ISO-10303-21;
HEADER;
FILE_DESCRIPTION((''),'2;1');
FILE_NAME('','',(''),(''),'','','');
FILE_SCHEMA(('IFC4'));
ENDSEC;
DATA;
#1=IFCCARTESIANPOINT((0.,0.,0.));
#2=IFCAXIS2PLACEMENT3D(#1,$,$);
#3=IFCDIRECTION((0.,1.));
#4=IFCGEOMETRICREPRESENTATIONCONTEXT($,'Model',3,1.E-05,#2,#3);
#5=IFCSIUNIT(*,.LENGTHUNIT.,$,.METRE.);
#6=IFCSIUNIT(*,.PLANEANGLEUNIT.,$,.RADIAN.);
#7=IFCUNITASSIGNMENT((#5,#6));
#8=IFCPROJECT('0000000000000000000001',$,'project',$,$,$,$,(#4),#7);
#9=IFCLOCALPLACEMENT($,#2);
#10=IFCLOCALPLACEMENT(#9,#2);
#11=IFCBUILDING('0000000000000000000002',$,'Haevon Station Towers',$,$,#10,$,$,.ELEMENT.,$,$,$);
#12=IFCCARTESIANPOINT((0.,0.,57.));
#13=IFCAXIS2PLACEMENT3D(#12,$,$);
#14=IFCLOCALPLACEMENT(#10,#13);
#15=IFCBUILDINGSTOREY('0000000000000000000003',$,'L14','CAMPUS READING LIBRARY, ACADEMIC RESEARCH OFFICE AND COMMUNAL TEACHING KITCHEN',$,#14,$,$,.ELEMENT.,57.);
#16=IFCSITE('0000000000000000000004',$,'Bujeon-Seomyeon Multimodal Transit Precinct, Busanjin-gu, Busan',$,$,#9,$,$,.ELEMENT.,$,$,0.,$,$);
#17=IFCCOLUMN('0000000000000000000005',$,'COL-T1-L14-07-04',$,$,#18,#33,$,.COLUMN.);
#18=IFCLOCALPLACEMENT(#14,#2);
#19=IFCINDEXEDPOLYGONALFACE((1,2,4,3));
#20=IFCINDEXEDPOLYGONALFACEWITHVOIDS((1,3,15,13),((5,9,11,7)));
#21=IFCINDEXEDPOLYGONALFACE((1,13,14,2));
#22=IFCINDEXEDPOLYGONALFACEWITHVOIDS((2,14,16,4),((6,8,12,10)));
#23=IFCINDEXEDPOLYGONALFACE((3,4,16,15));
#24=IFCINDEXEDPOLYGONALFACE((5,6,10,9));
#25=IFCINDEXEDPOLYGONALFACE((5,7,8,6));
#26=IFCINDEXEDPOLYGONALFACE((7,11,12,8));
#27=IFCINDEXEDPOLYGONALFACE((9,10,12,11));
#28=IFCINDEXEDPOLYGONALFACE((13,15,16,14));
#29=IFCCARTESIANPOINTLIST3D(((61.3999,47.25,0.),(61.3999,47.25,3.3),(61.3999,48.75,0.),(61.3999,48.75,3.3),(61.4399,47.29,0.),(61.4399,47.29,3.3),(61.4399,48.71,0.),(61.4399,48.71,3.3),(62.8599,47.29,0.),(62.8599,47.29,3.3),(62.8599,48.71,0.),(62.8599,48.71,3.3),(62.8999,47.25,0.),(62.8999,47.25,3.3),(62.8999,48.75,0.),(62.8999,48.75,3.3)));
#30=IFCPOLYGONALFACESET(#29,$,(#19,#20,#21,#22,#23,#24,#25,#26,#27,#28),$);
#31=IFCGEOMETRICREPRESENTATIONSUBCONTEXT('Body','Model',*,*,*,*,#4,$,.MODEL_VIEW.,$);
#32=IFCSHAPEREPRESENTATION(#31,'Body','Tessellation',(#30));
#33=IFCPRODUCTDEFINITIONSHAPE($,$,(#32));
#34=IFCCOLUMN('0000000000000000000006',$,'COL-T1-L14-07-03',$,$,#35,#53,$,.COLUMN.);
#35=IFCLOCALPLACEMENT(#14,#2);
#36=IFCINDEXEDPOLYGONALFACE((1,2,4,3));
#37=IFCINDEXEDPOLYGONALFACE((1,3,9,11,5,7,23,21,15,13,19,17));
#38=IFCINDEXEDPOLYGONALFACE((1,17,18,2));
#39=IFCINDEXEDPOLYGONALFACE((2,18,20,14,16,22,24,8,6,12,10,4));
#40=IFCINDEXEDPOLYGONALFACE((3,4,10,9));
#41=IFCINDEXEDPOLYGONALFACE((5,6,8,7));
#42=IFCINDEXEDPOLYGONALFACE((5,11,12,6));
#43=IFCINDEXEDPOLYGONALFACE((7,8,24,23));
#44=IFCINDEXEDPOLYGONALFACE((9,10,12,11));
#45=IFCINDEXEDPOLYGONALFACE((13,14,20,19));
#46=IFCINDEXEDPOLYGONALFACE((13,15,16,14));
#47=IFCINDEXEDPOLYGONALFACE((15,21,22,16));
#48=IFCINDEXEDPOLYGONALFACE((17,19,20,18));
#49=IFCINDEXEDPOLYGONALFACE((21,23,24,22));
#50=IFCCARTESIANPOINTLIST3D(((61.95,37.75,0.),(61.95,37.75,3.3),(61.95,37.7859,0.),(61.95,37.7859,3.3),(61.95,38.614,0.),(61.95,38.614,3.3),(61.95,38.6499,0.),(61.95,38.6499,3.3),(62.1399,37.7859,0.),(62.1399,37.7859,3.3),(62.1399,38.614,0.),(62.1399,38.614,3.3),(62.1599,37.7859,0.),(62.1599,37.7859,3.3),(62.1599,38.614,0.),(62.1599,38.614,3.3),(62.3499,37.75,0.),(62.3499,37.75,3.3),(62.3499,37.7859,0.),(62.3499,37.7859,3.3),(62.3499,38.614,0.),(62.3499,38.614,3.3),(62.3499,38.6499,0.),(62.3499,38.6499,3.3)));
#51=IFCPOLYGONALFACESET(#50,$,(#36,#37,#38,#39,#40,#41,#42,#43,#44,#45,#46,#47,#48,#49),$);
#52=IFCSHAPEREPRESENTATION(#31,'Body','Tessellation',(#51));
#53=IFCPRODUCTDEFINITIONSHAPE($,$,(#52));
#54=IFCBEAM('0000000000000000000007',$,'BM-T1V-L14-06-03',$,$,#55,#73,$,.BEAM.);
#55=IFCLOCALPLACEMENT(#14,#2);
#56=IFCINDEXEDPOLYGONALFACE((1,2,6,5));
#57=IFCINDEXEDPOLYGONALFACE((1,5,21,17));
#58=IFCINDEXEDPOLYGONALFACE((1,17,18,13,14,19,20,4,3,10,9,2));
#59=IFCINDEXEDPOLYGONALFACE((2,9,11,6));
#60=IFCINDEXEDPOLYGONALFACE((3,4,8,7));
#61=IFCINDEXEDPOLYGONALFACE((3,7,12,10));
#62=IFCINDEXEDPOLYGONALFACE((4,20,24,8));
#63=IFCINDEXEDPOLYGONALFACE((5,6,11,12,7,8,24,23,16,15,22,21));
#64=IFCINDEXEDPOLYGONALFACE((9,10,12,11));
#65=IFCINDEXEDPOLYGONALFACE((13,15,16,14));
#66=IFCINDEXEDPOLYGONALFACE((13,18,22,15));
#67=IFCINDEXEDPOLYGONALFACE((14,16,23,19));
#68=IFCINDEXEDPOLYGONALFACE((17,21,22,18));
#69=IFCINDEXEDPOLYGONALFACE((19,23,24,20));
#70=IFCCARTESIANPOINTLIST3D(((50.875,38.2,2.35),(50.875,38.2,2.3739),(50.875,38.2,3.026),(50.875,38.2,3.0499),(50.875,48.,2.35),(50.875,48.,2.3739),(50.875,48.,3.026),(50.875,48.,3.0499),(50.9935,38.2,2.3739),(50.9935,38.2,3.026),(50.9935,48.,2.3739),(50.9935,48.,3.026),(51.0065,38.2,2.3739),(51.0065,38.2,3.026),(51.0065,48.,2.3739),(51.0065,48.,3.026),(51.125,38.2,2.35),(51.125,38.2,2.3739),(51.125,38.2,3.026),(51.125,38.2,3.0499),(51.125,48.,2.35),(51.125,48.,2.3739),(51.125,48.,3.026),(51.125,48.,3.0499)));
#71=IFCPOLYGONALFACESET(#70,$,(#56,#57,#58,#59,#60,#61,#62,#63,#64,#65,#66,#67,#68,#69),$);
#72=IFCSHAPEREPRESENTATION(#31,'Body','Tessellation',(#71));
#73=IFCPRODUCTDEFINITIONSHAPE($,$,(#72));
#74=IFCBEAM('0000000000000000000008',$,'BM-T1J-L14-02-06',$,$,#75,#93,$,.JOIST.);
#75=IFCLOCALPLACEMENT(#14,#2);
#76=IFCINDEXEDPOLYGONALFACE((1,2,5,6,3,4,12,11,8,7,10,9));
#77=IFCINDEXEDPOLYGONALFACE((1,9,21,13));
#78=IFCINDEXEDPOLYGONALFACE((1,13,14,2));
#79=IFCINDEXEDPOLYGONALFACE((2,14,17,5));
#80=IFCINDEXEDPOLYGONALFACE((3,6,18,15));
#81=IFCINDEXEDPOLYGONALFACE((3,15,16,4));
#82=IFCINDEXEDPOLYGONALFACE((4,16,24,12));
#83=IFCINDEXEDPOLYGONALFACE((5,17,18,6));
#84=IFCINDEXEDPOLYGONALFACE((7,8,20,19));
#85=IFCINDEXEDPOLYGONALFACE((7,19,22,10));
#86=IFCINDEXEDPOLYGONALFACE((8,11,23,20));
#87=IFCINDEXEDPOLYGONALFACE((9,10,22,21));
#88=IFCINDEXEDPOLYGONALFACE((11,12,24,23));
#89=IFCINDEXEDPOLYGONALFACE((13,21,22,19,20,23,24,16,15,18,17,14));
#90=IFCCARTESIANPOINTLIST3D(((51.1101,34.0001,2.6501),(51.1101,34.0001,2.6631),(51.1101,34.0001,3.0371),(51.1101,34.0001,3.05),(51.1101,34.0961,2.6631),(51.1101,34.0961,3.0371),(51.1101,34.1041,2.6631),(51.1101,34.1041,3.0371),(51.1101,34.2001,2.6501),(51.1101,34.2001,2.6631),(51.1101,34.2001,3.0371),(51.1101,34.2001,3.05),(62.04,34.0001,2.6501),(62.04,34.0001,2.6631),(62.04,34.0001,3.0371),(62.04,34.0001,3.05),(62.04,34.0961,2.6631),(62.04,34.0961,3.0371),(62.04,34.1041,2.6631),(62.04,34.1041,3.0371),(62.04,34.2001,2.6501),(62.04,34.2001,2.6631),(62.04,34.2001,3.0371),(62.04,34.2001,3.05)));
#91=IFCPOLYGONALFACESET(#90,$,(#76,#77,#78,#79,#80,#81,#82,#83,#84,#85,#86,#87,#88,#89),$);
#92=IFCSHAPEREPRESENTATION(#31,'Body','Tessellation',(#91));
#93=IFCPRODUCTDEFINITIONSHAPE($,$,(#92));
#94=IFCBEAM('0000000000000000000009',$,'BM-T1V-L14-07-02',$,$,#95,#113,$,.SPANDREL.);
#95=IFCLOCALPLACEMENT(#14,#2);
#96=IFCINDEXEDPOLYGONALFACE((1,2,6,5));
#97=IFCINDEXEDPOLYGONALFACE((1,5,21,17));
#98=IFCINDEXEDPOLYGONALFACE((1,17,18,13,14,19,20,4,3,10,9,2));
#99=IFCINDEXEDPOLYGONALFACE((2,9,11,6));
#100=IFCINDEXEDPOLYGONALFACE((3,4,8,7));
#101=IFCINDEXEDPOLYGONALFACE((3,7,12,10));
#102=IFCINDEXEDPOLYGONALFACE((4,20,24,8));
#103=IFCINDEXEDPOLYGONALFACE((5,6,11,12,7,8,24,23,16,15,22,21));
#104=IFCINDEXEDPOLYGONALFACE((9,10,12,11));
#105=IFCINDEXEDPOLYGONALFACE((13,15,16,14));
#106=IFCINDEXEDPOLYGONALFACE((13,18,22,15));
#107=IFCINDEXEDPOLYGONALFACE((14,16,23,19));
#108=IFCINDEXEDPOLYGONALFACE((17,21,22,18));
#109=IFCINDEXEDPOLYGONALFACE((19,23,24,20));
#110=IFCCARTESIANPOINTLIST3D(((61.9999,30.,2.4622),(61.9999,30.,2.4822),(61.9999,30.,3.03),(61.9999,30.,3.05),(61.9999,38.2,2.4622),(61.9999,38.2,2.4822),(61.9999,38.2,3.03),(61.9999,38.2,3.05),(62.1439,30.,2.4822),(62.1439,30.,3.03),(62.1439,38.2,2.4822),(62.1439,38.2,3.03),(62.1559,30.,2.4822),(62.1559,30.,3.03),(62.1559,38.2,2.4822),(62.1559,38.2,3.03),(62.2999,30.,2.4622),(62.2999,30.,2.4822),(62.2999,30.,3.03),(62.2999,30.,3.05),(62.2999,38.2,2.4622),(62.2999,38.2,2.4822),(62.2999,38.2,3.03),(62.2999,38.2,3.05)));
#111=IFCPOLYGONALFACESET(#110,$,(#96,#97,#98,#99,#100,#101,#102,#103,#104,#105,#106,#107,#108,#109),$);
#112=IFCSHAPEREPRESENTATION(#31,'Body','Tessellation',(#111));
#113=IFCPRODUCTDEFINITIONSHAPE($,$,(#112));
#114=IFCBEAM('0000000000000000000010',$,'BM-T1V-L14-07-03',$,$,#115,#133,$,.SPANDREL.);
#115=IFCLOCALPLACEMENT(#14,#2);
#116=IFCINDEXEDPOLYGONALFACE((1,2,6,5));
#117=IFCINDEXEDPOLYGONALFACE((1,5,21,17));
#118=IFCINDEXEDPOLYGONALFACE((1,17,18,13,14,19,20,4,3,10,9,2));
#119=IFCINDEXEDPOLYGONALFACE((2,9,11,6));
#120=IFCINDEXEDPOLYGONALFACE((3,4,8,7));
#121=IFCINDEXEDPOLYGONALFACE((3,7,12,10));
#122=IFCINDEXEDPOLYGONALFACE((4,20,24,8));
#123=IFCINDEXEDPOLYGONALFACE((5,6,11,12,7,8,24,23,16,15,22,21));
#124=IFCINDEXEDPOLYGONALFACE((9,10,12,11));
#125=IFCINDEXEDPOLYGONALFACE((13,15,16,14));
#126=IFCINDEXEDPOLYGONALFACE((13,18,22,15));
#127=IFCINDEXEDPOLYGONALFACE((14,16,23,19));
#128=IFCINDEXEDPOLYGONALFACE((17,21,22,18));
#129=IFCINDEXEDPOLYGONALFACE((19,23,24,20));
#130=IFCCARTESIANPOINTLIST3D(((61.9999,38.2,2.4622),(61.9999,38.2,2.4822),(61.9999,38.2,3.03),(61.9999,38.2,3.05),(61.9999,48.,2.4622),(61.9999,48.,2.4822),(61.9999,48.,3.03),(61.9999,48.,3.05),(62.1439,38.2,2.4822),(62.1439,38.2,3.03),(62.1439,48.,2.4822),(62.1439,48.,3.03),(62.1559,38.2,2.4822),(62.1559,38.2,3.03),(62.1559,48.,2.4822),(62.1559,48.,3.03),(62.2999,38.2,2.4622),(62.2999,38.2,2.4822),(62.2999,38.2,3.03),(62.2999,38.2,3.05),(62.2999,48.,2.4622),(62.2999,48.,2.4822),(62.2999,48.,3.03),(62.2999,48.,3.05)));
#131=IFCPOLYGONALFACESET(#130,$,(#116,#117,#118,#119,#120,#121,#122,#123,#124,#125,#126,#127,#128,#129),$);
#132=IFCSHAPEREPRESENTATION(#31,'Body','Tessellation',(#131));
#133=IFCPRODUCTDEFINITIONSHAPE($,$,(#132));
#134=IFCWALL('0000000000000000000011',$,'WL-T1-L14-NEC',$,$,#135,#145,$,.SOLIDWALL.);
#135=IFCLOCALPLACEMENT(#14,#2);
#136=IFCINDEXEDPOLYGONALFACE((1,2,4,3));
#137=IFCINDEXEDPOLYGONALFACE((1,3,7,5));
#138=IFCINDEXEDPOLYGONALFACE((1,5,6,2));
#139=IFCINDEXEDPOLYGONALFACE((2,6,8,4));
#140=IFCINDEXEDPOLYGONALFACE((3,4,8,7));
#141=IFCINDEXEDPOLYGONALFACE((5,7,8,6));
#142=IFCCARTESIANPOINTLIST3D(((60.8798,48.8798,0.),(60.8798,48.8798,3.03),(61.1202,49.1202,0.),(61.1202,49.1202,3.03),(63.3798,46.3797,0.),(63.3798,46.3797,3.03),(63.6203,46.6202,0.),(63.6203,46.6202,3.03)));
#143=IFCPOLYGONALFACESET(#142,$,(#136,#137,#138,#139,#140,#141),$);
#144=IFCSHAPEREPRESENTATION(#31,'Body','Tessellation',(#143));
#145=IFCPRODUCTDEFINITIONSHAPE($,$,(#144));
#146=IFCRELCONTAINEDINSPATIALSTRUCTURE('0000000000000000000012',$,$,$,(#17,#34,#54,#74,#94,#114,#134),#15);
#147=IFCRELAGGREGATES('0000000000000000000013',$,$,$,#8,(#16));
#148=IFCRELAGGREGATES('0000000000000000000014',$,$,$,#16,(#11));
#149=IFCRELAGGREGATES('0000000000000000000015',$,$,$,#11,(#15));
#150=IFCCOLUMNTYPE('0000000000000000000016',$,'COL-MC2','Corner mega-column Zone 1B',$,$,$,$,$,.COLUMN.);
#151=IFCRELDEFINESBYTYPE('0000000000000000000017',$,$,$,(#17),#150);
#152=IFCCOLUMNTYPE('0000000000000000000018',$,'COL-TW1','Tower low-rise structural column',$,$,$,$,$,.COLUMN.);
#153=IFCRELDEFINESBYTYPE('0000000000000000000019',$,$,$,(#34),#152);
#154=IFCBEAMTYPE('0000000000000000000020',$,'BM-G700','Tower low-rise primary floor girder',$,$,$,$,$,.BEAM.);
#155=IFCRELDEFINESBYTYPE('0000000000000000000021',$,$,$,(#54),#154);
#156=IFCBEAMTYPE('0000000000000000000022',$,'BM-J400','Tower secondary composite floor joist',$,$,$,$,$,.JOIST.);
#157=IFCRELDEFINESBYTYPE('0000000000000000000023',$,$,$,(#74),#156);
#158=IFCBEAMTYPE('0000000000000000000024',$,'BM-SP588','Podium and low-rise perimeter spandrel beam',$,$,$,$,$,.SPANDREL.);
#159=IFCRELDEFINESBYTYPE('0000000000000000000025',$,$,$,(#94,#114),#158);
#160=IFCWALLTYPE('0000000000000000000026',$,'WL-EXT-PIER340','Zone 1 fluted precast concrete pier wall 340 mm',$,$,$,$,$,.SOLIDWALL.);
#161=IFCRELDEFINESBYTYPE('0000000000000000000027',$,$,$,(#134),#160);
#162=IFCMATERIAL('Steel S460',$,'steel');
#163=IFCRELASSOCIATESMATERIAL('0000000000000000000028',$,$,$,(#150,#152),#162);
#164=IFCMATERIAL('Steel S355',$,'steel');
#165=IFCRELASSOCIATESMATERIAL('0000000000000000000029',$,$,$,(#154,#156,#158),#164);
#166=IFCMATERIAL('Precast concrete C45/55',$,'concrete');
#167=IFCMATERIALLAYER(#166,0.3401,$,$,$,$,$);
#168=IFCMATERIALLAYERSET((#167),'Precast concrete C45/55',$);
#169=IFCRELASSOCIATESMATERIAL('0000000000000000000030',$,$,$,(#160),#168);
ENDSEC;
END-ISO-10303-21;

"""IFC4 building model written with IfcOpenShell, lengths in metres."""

from ifc_helpers import new_model, si_unit, direction, frame, frame_2d, origin, origin_2d, place, context, subcontext, project, spatial, rectangle, hollow_rectangle, i_section, extrude, material, layer, layer_set, material_profile, profile_set, type_object, element, save


model = new_model("IFC4")

# Units and contexts
model_context = context("Model", 3, precision=1e-05, world=origin(), true_north=direction((0.0, 1.0)))
body_context = subcontext(model_context, "Body", "Model", "MODEL_VIEW")
ifc_project = project(units=[si_unit("LENGTHUNIT", "METRE"), si_unit("PLANEANGLEUNIT", "RADIAN")], contexts=[model_context])

# Site, building, storey
site_placement = place(None, origin())
site = spatial("IfcSite", under=ifc_project, at=site_placement, Name="Bujeon-Seomyeon Multimodal Transit Precinct, Busanjin-gu, Busan", CompositionType="ELEMENT", RefElevation=0.0)
building_placement = place(site_placement, origin())
building = spatial("IfcBuilding", under=site, at=building_placement, Name="Haevon Station Towers", CompositionType="ELEMENT")
storey_placement = place(building_placement, frame((0.0, 0.0, 57.0)))
storey = spatial("IfcBuildingStorey", under=building, at=storey_placement, Name="L14", Description="CAMPUS READING LIBRARY, ACADEMIC RESEARCH OFFICE AND COMMUNAL TEACHING KITCHEN", CompositionType="ELEMENT", Elevation=57.0)

# Columns
ifc_material_1 = material(Name="Steel S460", Category="steel")
ifc_material_profile_1 = material_profile(ifc_material_1, hollow_rectangle(XDim=1.5, YDim=1.5, WallThickness=0.04, at=origin_2d()), Name="BOX-1500x1500x40")
ifc_profile_set_1 = profile_set([ifc_material_profile_1], Name="Steel S460")
column_type_1 = type_object("IfcColumnType", Name="COL-MC2", Description="Corner mega-column Zone 1B", PredefinedType="COLUMN", material=ifc_profile_set_1)
column_1_placement = place(storey_placement, frame((62.1499, 48.0, 0.0), z_axis=(0.0, 0.0, 1.0), x_axis=(1.0, 0.0, 0.0)))
element("IfcColumn", 1, at=column_1_placement, inside=storey, type_object=column_type_1, Name="COL-T1-L14-07-04", PredefinedType="COLUMN", context=body_context, shape_type="SweptSolid", body=[
    extrude(hollow_rectangle(XDim=1.5, YDim=1.5, WallThickness=0.04, at=origin_2d()), origin(), (0.0, 0.0, 1.0), 3.3),
])
ifc_material_profile_2 = material_profile(ifc_material_1, i_section(OverallWidth=0.3999, OverallDepth=0.8999, WebThickness=0.02, FlangeThickness=0.0359, at=origin_2d()), Name="H-900x400x20x36")
ifc_profile_set_2 = profile_set([ifc_material_profile_2], Name="Steel S460")
column_type_2 = type_object("IfcColumnType", Name="COL-TW1", Description="Tower low-rise structural column", PredefinedType="COLUMN", material=ifc_profile_set_2)
column_2_placement = place(storey_placement, frame((62.1499, 38.2, 0.0), z_axis=(0.0, 0.0, 1.0), x_axis=(1.0, 0.0, 0.0)))
element("IfcColumn", 2, at=column_2_placement, inside=storey, type_object=column_type_2, Name="COL-T1-L14-07-03", PredefinedType="COLUMN", context=body_context, shape_type="SweptSolid", body=[
    extrude(i_section(OverallWidth=0.3999, OverallDepth=0.8999, WebThickness=0.02, FlangeThickness=0.0359, at=origin_2d()), origin(), (0.0, 0.0, 1.0), 3.3),
])

# Beams
ifc_material_2 = material(Name="Steel S355", Category="steel")
ifc_material_profile_3 = material_profile(ifc_material_2, i_section(OverallWidth=0.25, OverallDepth=0.7, WebThickness=0.0129, FlangeThickness=0.0239, at=origin_2d()), Name="H-700x250x13x24")
ifc_profile_set_3 = profile_set([ifc_material_profile_3], Name="Steel S355")
beam_type_1 = type_object("IfcBeamType", Name="BM-G700", Description="Tower low-rise primary floor girder", PredefinedType="BEAM", material=ifc_profile_set_3)
beam_1_placement = place(storey_placement, frame((51.0, 38.2, 2.7), z_axis=(0.0, 1.0, 0.0), x_axis=(-1.0, 0.0, 0.0)))
element("IfcBeam", 3, at=beam_1_placement, inside=storey, type_object=beam_type_1, Name="BM-T1V-L14-06-03", PredefinedType="BEAM", context=body_context, shape_type="SweptSolid", body=[
    extrude(i_section(OverallWidth=0.25, OverallDepth=0.7, WebThickness=0.0129, FlangeThickness=0.0239, at=origin_2d()), origin(), (0.0, 0.0, 1.0), 9.8),
])
ifc_material_profile_4 = material_profile(ifc_material_2, i_section(OverallWidth=0.2, OverallDepth=0.3999, WebThickness=0.0081, FlangeThickness=0.0129, at=origin_2d()), Name="H-400x200x8x13")
ifc_profile_set_4 = profile_set([ifc_material_profile_4], Name="Steel S355")
beam_type_2 = type_object("IfcBeamType", Name="BM-J400", Description="Tower secondary composite floor joist", PredefinedType="JOIST", material=ifc_profile_set_4)
beam_2_placement = place(storey_placement, frame((51.1101, 34.1001, 2.8501), z_axis=(1.0, 0.0, 0.0), x_axis=(0.0, 1.0, 0.0)))
element("IfcBeam", 4, at=beam_2_placement, inside=storey, type_object=beam_type_2, Name="BM-T1J-L14-02-06", PredefinedType="JOIST", context=body_context, shape_type="SweptSolid", body=[
    extrude(i_section(OverallWidth=0.2, OverallDepth=0.3999, WebThickness=0.0081, FlangeThickness=0.0129, at=origin_2d()), origin(), (0.0, 0.0, 1.0), 10.9299),
])
ifc_material_profile_5 = material_profile(ifc_material_2, i_section(OverallWidth=0.3, OverallDepth=0.5879, WebThickness=0.012, FlangeThickness=0.02, at=origin_2d()), Name="H-588x300x12x20")
ifc_profile_set_5 = profile_set([ifc_material_profile_5], Name="Steel S355")
beam_type_3 = type_object("IfcBeamType", Name="BM-SP588", Description="Podium and low-rise perimeter spandrel beam", PredefinedType="SPANDREL", material=ifc_profile_set_5)
beam_3_placement = place(storey_placement, frame((62.1499, 30.0, 2.7561), z_axis=(0.0, 1.0, 0.0), x_axis=(-1.0, 0.0, 0.0)))
element("IfcBeam", 5, at=beam_3_placement, inside=storey, type_object=beam_type_3, Name="BM-T1V-L14-07-02", PredefinedType="SPANDREL", context=body_context, shape_type="SweptSolid", body=[
    extrude(i_section(OverallWidth=0.3, OverallDepth=0.5879, WebThickness=0.012, FlangeThickness=0.02, at=origin_2d()), origin(), (0.0, 0.0, 1.0), 8.2),
])
beam_4_placement = place(storey_placement, frame((62.1499, 38.2, 2.7561), z_axis=(0.0, 1.0, 0.0), x_axis=(-1.0, 0.0, 0.0)))
element("IfcBeam", 6, at=beam_4_placement, inside=storey, type_object=beam_type_3, Name="BM-T1V-L14-07-03", PredefinedType="SPANDREL", context=body_context, shape_type="SweptSolid", body=[
    extrude(i_section(OverallWidth=0.3, OverallDepth=0.5879, WebThickness=0.012, FlangeThickness=0.02, at=origin_2d()), origin(), (0.0, 0.0, 1.0), 9.8),
])

# Wall
ifc_material_3 = material(Name="Precast concrete C45/55", Category="concrete")
ifc_layer_1 = layer(ifc_material_3, 0.3401)
ifc_layer_set_1 = layer_set([ifc_layer_1], Name="Precast concrete C45/55")
wall_type_1 = type_object("IfcWallType", Name="WL-EXT-PIER340", Description="Zone 1 fluted precast concrete pier wall 340 mm", PredefinedType="SOLIDWALL", material=ifc_layer_set_1)
wall_1_placement = place(storey_placement, frame((61.0, 49.0, 0.0), z_axis=(0.0, 0.0, 1.0), x_axis=(0.707107, -0.707107, 0.0)))
element("IfcWall", 7, at=wall_1_placement, inside=storey, type_object=wall_type_1, Name="WL-T1-L14-NEC", PredefinedType="SOLIDWALL", context=body_context, shape_type="SweptSolid", body=[
    extrude(rectangle(XDim=3.5356, YDim=0.3401, at=frame_2d((1.7678, 0.0))), origin(), (0.0, 0.0, 1.0), 3.03),
])

save(model, "model.ifc")
